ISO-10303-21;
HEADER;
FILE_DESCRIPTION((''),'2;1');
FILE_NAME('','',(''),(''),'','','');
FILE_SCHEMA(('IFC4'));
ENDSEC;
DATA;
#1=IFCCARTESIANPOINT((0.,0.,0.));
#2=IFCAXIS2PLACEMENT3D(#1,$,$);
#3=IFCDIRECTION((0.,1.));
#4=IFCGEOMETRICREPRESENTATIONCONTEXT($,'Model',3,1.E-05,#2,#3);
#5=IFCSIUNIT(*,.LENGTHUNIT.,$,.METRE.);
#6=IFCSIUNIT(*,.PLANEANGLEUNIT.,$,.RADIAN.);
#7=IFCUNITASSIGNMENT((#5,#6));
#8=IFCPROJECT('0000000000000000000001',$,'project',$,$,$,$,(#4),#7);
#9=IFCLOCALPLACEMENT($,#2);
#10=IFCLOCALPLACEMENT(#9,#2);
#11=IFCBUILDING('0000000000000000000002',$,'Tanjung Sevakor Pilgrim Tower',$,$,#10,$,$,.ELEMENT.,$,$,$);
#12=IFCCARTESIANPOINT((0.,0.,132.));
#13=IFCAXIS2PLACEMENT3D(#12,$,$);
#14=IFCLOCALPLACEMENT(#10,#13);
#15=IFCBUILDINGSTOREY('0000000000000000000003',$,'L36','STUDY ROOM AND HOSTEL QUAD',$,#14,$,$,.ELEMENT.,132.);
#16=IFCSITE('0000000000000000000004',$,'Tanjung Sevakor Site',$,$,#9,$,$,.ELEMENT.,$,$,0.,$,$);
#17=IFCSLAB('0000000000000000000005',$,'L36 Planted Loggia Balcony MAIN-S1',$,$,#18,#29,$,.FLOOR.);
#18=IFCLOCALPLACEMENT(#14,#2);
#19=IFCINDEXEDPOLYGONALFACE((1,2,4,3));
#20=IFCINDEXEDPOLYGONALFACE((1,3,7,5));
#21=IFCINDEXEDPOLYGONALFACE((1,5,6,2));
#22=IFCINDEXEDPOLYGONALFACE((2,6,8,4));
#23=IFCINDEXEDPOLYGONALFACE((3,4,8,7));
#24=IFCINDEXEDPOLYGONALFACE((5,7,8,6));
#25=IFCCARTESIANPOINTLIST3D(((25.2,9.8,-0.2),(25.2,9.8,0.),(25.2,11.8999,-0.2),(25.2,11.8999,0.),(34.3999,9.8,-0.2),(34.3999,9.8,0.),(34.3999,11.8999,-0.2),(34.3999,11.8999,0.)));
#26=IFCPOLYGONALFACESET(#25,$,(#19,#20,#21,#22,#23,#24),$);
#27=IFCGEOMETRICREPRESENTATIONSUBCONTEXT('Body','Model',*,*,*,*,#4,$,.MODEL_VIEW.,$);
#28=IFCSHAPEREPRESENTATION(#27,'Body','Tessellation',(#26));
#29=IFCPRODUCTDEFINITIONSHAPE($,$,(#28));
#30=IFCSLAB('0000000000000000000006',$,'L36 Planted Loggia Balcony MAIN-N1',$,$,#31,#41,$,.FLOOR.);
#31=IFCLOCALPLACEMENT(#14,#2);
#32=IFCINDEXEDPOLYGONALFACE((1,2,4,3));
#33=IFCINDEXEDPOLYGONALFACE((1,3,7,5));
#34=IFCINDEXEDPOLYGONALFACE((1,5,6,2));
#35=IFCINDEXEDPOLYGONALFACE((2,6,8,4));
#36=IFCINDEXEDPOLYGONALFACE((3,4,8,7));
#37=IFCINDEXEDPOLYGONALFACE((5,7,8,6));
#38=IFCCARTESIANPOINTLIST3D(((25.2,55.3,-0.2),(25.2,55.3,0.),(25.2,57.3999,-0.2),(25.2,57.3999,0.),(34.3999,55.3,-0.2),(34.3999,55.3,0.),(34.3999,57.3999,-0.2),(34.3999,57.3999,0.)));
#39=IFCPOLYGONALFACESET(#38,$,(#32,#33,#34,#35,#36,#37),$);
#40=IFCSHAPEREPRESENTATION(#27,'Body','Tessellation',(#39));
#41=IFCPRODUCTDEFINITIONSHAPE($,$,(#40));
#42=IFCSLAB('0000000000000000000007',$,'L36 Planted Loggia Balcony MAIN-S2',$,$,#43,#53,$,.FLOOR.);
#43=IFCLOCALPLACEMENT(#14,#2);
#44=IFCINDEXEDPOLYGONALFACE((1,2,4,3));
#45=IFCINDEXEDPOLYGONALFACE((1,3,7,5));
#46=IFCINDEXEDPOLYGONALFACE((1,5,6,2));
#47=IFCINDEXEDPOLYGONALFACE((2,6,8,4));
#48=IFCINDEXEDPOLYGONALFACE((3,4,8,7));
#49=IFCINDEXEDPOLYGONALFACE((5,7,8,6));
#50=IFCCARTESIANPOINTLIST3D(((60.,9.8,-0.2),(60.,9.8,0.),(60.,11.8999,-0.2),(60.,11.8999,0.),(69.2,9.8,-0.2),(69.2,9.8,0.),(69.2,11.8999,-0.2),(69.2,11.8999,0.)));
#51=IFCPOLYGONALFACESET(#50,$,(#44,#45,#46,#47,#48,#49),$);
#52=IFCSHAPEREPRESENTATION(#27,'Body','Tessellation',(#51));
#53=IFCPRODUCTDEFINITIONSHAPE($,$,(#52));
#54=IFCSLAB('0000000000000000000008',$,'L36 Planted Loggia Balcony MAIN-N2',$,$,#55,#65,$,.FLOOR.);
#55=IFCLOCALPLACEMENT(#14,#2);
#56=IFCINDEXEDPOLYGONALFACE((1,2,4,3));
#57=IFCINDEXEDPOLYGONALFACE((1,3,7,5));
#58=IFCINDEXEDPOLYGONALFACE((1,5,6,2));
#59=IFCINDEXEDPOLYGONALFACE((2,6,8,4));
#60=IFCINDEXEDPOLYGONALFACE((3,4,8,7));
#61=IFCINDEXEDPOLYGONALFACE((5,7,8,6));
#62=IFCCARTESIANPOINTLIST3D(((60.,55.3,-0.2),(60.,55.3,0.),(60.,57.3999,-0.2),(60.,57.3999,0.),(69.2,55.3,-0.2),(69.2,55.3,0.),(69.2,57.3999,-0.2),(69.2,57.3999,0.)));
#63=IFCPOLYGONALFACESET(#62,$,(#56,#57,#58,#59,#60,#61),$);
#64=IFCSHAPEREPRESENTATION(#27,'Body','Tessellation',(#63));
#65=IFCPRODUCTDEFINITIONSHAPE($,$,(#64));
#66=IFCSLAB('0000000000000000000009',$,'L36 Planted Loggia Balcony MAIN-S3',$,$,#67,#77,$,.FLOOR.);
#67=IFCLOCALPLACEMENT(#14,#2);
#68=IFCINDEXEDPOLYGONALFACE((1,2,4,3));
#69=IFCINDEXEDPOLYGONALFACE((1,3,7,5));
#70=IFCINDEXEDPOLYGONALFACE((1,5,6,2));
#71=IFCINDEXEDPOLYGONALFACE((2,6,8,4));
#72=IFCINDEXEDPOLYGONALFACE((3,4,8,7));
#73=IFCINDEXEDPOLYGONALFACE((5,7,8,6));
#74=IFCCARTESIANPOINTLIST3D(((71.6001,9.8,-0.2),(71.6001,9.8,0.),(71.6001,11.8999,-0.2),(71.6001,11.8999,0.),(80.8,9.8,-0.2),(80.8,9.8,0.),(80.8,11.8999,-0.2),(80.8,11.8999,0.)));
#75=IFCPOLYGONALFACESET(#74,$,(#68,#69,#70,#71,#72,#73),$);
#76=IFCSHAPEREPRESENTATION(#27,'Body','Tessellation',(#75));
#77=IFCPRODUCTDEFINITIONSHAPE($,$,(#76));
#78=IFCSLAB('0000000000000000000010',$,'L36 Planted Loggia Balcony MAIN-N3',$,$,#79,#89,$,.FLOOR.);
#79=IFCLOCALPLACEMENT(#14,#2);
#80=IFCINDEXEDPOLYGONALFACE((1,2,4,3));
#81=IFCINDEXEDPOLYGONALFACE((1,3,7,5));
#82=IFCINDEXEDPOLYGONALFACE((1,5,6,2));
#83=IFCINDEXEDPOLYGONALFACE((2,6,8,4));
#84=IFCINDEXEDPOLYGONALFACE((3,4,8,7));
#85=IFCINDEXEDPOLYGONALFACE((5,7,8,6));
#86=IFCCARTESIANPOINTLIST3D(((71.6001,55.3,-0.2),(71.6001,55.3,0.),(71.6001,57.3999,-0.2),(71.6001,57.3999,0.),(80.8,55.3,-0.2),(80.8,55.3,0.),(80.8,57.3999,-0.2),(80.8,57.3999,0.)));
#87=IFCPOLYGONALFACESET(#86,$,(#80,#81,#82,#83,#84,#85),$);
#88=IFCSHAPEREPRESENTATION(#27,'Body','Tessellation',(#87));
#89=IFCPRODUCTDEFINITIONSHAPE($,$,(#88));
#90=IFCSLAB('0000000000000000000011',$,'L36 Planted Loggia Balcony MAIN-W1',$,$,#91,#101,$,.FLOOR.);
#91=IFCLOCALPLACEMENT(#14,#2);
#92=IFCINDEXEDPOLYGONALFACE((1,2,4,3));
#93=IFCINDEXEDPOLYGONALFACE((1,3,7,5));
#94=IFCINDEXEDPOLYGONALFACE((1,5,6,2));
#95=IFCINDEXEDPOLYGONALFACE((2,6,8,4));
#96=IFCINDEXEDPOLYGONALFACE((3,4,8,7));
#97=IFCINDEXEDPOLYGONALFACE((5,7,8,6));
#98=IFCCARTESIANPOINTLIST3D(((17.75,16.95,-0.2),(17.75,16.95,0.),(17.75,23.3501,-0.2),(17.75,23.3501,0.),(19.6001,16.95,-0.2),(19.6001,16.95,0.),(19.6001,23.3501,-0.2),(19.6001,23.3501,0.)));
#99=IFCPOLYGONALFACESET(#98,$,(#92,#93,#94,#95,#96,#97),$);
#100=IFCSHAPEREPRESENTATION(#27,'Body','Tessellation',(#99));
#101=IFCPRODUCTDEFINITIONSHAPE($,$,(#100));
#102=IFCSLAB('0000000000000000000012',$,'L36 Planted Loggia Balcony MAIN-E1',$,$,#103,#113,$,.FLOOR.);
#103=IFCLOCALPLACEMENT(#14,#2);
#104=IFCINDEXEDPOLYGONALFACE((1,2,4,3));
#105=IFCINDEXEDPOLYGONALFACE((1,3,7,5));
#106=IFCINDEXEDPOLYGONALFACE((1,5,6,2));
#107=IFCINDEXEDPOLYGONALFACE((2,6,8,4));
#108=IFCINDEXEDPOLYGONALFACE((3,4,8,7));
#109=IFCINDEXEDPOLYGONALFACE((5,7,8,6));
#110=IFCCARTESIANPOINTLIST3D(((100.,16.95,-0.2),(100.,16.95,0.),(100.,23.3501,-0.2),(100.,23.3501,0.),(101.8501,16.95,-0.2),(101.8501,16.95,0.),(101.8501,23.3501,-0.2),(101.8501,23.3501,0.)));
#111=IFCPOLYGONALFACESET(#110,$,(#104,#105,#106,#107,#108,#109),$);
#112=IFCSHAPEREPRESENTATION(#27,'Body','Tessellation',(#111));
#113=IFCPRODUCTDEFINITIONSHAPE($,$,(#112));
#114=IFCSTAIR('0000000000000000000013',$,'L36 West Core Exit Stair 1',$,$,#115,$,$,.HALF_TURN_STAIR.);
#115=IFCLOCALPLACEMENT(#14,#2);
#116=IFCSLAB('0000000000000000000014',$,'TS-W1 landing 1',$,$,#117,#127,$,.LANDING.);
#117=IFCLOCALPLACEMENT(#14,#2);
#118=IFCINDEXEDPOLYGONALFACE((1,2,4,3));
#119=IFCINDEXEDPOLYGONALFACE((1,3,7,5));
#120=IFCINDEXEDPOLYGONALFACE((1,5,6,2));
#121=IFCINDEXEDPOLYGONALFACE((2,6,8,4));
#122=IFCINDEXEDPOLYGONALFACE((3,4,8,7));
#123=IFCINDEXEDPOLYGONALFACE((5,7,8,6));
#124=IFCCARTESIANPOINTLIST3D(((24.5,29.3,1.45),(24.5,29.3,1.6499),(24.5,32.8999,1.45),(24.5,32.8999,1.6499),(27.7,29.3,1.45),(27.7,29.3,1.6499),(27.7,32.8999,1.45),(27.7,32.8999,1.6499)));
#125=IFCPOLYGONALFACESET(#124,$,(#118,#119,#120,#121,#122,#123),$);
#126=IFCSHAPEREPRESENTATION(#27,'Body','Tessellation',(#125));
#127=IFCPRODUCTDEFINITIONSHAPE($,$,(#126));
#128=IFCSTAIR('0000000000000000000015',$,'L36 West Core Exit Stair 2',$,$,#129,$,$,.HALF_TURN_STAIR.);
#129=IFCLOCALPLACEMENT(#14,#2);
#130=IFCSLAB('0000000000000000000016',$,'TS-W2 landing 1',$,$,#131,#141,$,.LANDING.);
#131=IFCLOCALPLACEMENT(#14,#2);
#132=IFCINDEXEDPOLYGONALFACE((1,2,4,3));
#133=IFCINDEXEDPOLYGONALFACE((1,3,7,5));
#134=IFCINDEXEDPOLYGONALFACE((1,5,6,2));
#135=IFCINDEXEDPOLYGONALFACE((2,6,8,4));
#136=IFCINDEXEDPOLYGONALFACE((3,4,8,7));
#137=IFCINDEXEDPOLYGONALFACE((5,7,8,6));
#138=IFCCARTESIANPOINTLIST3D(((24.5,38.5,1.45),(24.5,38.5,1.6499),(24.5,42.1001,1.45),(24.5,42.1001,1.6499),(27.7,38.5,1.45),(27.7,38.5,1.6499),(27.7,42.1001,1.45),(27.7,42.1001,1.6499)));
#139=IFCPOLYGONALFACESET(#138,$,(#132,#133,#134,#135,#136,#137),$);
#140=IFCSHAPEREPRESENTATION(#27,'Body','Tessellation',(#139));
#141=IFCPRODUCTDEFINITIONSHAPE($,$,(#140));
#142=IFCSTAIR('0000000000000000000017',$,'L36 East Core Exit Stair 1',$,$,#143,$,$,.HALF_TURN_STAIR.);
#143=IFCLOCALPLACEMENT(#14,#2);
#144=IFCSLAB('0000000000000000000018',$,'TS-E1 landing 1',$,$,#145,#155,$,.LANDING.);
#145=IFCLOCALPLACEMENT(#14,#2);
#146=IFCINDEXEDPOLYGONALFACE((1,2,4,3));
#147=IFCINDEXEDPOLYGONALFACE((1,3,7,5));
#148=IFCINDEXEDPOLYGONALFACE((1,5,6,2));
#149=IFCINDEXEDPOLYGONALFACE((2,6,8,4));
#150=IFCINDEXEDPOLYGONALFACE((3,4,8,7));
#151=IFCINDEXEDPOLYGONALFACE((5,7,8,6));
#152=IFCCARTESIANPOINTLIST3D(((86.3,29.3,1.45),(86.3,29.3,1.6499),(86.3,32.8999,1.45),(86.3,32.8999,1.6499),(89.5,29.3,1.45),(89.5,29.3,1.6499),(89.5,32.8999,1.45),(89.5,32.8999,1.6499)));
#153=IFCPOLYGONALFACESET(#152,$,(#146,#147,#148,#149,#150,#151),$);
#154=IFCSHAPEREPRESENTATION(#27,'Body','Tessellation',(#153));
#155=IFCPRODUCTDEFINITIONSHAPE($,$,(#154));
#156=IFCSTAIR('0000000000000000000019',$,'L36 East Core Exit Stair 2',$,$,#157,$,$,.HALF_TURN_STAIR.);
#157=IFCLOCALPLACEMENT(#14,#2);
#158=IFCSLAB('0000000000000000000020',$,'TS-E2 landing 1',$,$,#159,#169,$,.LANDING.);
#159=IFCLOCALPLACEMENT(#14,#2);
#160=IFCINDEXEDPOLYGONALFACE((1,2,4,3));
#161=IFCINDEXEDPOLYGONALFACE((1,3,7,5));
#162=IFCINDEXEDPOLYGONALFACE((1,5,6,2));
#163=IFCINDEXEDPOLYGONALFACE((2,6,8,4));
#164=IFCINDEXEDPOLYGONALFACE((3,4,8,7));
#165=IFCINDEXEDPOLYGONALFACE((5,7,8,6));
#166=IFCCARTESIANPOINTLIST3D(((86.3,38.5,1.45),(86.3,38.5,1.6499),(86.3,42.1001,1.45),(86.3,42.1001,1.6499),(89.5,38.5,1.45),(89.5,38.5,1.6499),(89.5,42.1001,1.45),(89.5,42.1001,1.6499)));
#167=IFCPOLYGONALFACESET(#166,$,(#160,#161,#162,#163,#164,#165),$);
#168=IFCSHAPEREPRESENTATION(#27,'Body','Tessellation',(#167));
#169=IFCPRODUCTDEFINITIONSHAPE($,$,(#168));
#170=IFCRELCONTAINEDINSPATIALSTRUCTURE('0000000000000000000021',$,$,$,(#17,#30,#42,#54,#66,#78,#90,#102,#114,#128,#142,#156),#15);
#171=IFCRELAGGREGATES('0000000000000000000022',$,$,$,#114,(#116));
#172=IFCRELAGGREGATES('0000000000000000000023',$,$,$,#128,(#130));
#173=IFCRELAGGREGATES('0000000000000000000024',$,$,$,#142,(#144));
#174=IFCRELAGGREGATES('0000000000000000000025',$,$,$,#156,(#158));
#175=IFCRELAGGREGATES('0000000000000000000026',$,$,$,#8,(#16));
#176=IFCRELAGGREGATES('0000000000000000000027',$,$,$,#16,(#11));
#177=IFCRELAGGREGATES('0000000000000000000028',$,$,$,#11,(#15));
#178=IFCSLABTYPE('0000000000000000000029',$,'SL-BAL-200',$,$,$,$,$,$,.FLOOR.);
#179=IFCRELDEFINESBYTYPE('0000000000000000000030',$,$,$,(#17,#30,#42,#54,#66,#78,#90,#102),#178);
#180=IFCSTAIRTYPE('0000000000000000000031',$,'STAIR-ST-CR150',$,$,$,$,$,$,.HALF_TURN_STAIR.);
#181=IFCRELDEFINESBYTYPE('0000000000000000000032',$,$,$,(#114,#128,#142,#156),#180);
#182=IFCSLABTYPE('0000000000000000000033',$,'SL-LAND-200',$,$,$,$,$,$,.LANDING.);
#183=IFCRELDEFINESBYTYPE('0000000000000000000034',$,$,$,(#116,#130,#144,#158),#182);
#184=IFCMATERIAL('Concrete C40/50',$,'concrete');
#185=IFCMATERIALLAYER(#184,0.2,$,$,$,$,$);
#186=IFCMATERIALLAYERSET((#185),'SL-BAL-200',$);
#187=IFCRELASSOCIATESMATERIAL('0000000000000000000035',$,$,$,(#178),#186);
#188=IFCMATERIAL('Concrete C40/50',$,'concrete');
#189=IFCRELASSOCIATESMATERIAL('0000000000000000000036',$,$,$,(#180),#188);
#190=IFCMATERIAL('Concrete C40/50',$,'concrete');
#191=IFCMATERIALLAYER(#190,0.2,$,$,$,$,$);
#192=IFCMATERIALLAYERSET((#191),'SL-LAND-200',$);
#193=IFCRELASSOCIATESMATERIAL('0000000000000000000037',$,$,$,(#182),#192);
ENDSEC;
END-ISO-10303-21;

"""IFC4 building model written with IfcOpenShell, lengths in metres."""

from ifc_helpers import new_model, si_unit, direction, frame, origin, place, context, subcontext, project, spatial, polyline, outline, extrude, material, layer, layer_set, type_object, element, aggregate, save


model = new_model("IFC4")

# Units and contexts
model_context = context("Model", 3, precision=1e-05, world=origin(), true_north=direction((0.0, 1.0)))
body_context = subcontext(model_context, "Body", "Model", "MODEL_VIEW")
ifc_project = project(units=[si_unit("LENGTHUNIT", "METRE"), si_unit("PLANEANGLEUNIT", "RADIAN")], contexts=[model_context])

# Site, building, storey
site_placement = place(None, origin())
site = spatial("IfcSite", under=ifc_project, at=site_placement, Name="Tanjung Sevakor Site", CompositionType="ELEMENT", RefElevation=0.0)
building_placement = place(site_placement, origin())
building = spatial("IfcBuilding", under=site, at=building_placement, Name="Tanjung Sevakor Pilgrim Tower", CompositionType="ELEMENT")
storey_placement = place(building_placement, frame((0.0, 0.0, 132.0)))
storey = spatial("IfcBuildingStorey", under=building, at=storey_placement, Name="L36", Description="STUDY ROOM AND HOSTEL QUAD", CompositionType="ELEMENT", Elevation=132.0)

# Slabs
ifc_material_1 = material(Name="Concrete C40/50", Category="concrete")
ifc_layer_1 = layer(ifc_material_1, 0.2)
ifc_layer_set_1 = layer_set([ifc_layer_1], Name="SL-BAL-200")
slab_type_1 = type_object("IfcSlabType", Name="SL-BAL-200", PredefinedType="FLOOR", material=ifc_layer_set_1)
slab_1_placement = place(storey_placement, frame((0.0, 0.0, -0.2)))
element("IfcSlab", 1, at=slab_1_placement, inside=storey, type_object=slab_type_1, Name="L36 Planted Loggia Balcony MAIN-S1", PredefinedType="FLOOR", context=body_context, shape_type="SweptSolid", body=[
    extrude(outline(polyline([(25.2, 9.8), (34.3999, 9.8), (34.3999, 11.8999), (25.2, 11.8999), (25.2, 9.8)])), origin(), (0.0, 0.0, 1.0), 0.2),
])
slab_2_placement = place(storey_placement, frame((0.0, 0.0, -0.2)))
element("IfcSlab", 2, at=slab_2_placement, inside=storey, type_object=slab_type_1, Name="L36 Planted Loggia Balcony MAIN-N1", PredefinedType="FLOOR", context=body_context, shape_type="SweptSolid", body=[
    extrude(outline(polyline([(25.2, 55.3), (34.3999, 55.3), (34.3999, 57.3999), (25.2, 57.3999), (25.2, 55.3)])), origin(), (0.0, 0.0, 1.0), 0.2),
])
slab_3_placement = place(storey_placement, frame((0.0, 0.0, -0.2)))
element("IfcSlab", 3, at=slab_3_placement, inside=storey, type_object=slab_type_1, Name="L36 Planted Loggia Balcony MAIN-S2", PredefinedType="FLOOR", context=body_context, shape_type="SweptSolid", body=[
    extrude(outline(polyline([(60.0, 9.8), (69.2, 9.8), (69.2, 11.8999), (60.0, 11.8999), (60.0, 9.8)])), origin(), (0.0, 0.0, 1.0), 0.2),
])
slab_4_placement = place(storey_placement, frame((0.0, 0.0, -0.2)))
element("IfcSlab", 4, at=slab_4_placement, inside=storey, type_object=slab_type_1, Name="L36 Planted Loggia Balcony MAIN-N2", PredefinedType="FLOOR", context=body_context, shape_type="SweptSolid", body=[
    extrude(outline(polyline([(60.0, 55.3), (69.2, 55.3), (69.2, 57.3999), (60.0, 57.3999), (60.0, 55.3)])), origin(), (0.0, 0.0, 1.0), 0.2),
])
slab_5_placement = place(storey_placement, frame((0.0, 0.0, -0.2)))
element("IfcSlab", 5, at=slab_5_placement, inside=storey, type_object=slab_type_1, Name="L36 Planted Loggia Balcony MAIN-S3", PredefinedType="FLOOR", context=body_context, shape_type="SweptSolid", body=[
    extrude(outline(polyline([(71.6001, 9.8), (80.8, 9.8), (80.8, 11.8999), (71.6001, 11.8999), (71.6001, 9.8)])), origin(), (0.0, 0.0, 1.0), 0.2),
])
slab_6_placement = place(storey_placement, frame((0.0, 0.0, -0.2)))
element("IfcSlab", 6, at=slab_6_placement, inside=storey, type_object=slab_type_1, Name="L36 Planted Loggia Balcony MAIN-N3", PredefinedType="FLOOR", context=body_context, shape_type="SweptSolid", body=[
    extrude(outline(polyline([(71.6001, 55.3), (80.8, 55.3), (80.8, 57.3999), (71.6001, 57.3999), (71.6001, 55.3)])), origin(), (0.0, 0.0, 1.0), 0.2),
])
slab_7_placement = place(storey_placement, frame((0.0, 0.0, -0.2)))
element("IfcSlab", 7, at=slab_7_placement, inside=storey, type_object=slab_type_1, Name="L36 Planted Loggia Balcony MAIN-W1", PredefinedType="FLOOR", context=body_context, shape_type="SweptSolid", body=[
    extrude(outline(polyline([(17.75, 16.95), (19.6001, 16.95), (19.6001, 23.3501), (17.75, 23.3501), (17.75, 16.95)])), origin(), (0.0, 0.0, 1.0), 0.2),
])
slab_8_placement = place(storey_placement, frame((0.0, 0.0, -0.2)))
element("IfcSlab", 8, at=slab_8_placement, inside=storey, type_object=slab_type_1, Name="L36 Planted Loggia Balcony MAIN-E1", PredefinedType="FLOOR", context=body_context, shape_type="SweptSolid", body=[
    extrude(outline(polyline([(100.0, 16.95), (101.8501, 16.95), (101.8501, 23.3501), (100.0, 23.3501), (100.0, 16.95)])), origin(), (0.0, 0.0, 1.0), 0.2),
])

# Stairs, slabs
ifc_material_2 = material(Name="Concrete C40/50", Category="concrete")
stair_type = type_object("IfcStairType", Name="STAIR-ST-CR150", PredefinedType="HALF_TURN_STAIR", material=ifc_material_2)
stair_1_placement = place(storey_placement, origin())
stair_1 = element("IfcStair", 9, at=stair_1_placement, inside=storey, type_object=stair_type, Name="L36 West Core Exit Stair 1", PredefinedType="HALF_TURN_STAIR")
ifc_material_3 = material(Name="Concrete C40/50", Category="concrete")
ifc_layer_2 = layer(ifc_material_3, 0.2)
ifc_layer_set_2 = layer_set([ifc_layer_2], Name="SL-LAND-200")
slab_type_2 = type_object("IfcSlabType", Name="SL-LAND-200", PredefinedType="LANDING", material=ifc_layer_set_2)
slab_9_placement = place(storey_placement, frame((0.0, 0.0, 1.45)))
slab_9 = element("IfcSlab", 10, at=slab_9_placement, type_object=slab_type_2, Name="TS-W1 landing 1", PredefinedType="LANDING", context=body_context, shape_type="SweptSolid", body=[
    extrude(outline(polyline([(27.7, 29.3), (27.7, 32.8999), (24.5, 32.8999), (24.5, 29.3), (27.7, 29.3)])), origin(), (0.0, 0.0, 1.0), 0.2),
])
aggregate(stair_1, [slab_9])
stair_2_placement = place(storey_placement, origin())
stair_2 = element("IfcStair", 11, at=stair_2_placement, inside=storey, type_object=stair_type, Name="L36 West Core Exit Stair 2", PredefinedType="HALF_TURN_STAIR")
slab_10_placement = place(storey_placement, frame((0.0, 0.0, 1.45)))
slab_10 = element("IfcSlab", 12, at=slab_10_placement, type_object=slab_type_2, Name="TS-W2 landing 1", PredefinedType="LANDING", context=body_context, shape_type="SweptSolid", body=[
    extrude(outline(polyline([(27.7, 38.5), (27.7, 42.1001), (24.5, 42.1001), (24.5, 38.5), (27.7, 38.5)])), origin(), (0.0, 0.0, 1.0), 0.2),
])
aggregate(stair_2, [slab_10])
stair_3_placement = place(storey_placement, origin())
stair_3 = element("IfcStair", 13, at=stair_3_placement, inside=storey, type_object=stair_type, Name="L36 East Core Exit Stair 1", PredefinedType="HALF_TURN_STAIR")
slab_11_placement = place(storey_placement, frame((0.0, 0.0, 1.45)))
slab_11 = element("IfcSlab", 14, at=slab_11_placement, type_object=slab_type_2, Name="TS-E1 landing 1", PredefinedType="LANDING", context=body_context, shape_type="SweptSolid", body=[
    extrude(outline(polyline([(89.5, 29.3), (89.5, 32.8999), (86.3, 32.8999), (86.3, 29.3), (89.5, 29.3)])), origin(), (0.0, 0.0, 1.0), 0.2),
])
aggregate(stair_3, [slab_11])
stair_4_placement = place(storey_placement, origin())
stair_4 = element("IfcStair", 15, at=stair_4_placement, inside=storey, type_object=stair_type, Name="L36 East Core Exit Stair 2", PredefinedType="HALF_TURN_STAIR")
slab_12_placement = place(storey_placement, frame((0.0, 0.0, 1.45)))
slab_12 = element("IfcSlab", 16, at=slab_12_placement, type_object=slab_type_2, Name="TS-E2 landing 1", PredefinedType="LANDING", context=body_context, shape_type="SweptSolid", body=[
    extrude(outline(polyline([(89.5, 38.5), (89.5, 42.1001), (86.3, 42.1001), (86.3, 38.5), (89.5, 38.5)])), origin(), (0.0, 0.0, 1.0), 0.2),
])
aggregate(stair_4, [slab_12])

save(model, "model.ifc")
